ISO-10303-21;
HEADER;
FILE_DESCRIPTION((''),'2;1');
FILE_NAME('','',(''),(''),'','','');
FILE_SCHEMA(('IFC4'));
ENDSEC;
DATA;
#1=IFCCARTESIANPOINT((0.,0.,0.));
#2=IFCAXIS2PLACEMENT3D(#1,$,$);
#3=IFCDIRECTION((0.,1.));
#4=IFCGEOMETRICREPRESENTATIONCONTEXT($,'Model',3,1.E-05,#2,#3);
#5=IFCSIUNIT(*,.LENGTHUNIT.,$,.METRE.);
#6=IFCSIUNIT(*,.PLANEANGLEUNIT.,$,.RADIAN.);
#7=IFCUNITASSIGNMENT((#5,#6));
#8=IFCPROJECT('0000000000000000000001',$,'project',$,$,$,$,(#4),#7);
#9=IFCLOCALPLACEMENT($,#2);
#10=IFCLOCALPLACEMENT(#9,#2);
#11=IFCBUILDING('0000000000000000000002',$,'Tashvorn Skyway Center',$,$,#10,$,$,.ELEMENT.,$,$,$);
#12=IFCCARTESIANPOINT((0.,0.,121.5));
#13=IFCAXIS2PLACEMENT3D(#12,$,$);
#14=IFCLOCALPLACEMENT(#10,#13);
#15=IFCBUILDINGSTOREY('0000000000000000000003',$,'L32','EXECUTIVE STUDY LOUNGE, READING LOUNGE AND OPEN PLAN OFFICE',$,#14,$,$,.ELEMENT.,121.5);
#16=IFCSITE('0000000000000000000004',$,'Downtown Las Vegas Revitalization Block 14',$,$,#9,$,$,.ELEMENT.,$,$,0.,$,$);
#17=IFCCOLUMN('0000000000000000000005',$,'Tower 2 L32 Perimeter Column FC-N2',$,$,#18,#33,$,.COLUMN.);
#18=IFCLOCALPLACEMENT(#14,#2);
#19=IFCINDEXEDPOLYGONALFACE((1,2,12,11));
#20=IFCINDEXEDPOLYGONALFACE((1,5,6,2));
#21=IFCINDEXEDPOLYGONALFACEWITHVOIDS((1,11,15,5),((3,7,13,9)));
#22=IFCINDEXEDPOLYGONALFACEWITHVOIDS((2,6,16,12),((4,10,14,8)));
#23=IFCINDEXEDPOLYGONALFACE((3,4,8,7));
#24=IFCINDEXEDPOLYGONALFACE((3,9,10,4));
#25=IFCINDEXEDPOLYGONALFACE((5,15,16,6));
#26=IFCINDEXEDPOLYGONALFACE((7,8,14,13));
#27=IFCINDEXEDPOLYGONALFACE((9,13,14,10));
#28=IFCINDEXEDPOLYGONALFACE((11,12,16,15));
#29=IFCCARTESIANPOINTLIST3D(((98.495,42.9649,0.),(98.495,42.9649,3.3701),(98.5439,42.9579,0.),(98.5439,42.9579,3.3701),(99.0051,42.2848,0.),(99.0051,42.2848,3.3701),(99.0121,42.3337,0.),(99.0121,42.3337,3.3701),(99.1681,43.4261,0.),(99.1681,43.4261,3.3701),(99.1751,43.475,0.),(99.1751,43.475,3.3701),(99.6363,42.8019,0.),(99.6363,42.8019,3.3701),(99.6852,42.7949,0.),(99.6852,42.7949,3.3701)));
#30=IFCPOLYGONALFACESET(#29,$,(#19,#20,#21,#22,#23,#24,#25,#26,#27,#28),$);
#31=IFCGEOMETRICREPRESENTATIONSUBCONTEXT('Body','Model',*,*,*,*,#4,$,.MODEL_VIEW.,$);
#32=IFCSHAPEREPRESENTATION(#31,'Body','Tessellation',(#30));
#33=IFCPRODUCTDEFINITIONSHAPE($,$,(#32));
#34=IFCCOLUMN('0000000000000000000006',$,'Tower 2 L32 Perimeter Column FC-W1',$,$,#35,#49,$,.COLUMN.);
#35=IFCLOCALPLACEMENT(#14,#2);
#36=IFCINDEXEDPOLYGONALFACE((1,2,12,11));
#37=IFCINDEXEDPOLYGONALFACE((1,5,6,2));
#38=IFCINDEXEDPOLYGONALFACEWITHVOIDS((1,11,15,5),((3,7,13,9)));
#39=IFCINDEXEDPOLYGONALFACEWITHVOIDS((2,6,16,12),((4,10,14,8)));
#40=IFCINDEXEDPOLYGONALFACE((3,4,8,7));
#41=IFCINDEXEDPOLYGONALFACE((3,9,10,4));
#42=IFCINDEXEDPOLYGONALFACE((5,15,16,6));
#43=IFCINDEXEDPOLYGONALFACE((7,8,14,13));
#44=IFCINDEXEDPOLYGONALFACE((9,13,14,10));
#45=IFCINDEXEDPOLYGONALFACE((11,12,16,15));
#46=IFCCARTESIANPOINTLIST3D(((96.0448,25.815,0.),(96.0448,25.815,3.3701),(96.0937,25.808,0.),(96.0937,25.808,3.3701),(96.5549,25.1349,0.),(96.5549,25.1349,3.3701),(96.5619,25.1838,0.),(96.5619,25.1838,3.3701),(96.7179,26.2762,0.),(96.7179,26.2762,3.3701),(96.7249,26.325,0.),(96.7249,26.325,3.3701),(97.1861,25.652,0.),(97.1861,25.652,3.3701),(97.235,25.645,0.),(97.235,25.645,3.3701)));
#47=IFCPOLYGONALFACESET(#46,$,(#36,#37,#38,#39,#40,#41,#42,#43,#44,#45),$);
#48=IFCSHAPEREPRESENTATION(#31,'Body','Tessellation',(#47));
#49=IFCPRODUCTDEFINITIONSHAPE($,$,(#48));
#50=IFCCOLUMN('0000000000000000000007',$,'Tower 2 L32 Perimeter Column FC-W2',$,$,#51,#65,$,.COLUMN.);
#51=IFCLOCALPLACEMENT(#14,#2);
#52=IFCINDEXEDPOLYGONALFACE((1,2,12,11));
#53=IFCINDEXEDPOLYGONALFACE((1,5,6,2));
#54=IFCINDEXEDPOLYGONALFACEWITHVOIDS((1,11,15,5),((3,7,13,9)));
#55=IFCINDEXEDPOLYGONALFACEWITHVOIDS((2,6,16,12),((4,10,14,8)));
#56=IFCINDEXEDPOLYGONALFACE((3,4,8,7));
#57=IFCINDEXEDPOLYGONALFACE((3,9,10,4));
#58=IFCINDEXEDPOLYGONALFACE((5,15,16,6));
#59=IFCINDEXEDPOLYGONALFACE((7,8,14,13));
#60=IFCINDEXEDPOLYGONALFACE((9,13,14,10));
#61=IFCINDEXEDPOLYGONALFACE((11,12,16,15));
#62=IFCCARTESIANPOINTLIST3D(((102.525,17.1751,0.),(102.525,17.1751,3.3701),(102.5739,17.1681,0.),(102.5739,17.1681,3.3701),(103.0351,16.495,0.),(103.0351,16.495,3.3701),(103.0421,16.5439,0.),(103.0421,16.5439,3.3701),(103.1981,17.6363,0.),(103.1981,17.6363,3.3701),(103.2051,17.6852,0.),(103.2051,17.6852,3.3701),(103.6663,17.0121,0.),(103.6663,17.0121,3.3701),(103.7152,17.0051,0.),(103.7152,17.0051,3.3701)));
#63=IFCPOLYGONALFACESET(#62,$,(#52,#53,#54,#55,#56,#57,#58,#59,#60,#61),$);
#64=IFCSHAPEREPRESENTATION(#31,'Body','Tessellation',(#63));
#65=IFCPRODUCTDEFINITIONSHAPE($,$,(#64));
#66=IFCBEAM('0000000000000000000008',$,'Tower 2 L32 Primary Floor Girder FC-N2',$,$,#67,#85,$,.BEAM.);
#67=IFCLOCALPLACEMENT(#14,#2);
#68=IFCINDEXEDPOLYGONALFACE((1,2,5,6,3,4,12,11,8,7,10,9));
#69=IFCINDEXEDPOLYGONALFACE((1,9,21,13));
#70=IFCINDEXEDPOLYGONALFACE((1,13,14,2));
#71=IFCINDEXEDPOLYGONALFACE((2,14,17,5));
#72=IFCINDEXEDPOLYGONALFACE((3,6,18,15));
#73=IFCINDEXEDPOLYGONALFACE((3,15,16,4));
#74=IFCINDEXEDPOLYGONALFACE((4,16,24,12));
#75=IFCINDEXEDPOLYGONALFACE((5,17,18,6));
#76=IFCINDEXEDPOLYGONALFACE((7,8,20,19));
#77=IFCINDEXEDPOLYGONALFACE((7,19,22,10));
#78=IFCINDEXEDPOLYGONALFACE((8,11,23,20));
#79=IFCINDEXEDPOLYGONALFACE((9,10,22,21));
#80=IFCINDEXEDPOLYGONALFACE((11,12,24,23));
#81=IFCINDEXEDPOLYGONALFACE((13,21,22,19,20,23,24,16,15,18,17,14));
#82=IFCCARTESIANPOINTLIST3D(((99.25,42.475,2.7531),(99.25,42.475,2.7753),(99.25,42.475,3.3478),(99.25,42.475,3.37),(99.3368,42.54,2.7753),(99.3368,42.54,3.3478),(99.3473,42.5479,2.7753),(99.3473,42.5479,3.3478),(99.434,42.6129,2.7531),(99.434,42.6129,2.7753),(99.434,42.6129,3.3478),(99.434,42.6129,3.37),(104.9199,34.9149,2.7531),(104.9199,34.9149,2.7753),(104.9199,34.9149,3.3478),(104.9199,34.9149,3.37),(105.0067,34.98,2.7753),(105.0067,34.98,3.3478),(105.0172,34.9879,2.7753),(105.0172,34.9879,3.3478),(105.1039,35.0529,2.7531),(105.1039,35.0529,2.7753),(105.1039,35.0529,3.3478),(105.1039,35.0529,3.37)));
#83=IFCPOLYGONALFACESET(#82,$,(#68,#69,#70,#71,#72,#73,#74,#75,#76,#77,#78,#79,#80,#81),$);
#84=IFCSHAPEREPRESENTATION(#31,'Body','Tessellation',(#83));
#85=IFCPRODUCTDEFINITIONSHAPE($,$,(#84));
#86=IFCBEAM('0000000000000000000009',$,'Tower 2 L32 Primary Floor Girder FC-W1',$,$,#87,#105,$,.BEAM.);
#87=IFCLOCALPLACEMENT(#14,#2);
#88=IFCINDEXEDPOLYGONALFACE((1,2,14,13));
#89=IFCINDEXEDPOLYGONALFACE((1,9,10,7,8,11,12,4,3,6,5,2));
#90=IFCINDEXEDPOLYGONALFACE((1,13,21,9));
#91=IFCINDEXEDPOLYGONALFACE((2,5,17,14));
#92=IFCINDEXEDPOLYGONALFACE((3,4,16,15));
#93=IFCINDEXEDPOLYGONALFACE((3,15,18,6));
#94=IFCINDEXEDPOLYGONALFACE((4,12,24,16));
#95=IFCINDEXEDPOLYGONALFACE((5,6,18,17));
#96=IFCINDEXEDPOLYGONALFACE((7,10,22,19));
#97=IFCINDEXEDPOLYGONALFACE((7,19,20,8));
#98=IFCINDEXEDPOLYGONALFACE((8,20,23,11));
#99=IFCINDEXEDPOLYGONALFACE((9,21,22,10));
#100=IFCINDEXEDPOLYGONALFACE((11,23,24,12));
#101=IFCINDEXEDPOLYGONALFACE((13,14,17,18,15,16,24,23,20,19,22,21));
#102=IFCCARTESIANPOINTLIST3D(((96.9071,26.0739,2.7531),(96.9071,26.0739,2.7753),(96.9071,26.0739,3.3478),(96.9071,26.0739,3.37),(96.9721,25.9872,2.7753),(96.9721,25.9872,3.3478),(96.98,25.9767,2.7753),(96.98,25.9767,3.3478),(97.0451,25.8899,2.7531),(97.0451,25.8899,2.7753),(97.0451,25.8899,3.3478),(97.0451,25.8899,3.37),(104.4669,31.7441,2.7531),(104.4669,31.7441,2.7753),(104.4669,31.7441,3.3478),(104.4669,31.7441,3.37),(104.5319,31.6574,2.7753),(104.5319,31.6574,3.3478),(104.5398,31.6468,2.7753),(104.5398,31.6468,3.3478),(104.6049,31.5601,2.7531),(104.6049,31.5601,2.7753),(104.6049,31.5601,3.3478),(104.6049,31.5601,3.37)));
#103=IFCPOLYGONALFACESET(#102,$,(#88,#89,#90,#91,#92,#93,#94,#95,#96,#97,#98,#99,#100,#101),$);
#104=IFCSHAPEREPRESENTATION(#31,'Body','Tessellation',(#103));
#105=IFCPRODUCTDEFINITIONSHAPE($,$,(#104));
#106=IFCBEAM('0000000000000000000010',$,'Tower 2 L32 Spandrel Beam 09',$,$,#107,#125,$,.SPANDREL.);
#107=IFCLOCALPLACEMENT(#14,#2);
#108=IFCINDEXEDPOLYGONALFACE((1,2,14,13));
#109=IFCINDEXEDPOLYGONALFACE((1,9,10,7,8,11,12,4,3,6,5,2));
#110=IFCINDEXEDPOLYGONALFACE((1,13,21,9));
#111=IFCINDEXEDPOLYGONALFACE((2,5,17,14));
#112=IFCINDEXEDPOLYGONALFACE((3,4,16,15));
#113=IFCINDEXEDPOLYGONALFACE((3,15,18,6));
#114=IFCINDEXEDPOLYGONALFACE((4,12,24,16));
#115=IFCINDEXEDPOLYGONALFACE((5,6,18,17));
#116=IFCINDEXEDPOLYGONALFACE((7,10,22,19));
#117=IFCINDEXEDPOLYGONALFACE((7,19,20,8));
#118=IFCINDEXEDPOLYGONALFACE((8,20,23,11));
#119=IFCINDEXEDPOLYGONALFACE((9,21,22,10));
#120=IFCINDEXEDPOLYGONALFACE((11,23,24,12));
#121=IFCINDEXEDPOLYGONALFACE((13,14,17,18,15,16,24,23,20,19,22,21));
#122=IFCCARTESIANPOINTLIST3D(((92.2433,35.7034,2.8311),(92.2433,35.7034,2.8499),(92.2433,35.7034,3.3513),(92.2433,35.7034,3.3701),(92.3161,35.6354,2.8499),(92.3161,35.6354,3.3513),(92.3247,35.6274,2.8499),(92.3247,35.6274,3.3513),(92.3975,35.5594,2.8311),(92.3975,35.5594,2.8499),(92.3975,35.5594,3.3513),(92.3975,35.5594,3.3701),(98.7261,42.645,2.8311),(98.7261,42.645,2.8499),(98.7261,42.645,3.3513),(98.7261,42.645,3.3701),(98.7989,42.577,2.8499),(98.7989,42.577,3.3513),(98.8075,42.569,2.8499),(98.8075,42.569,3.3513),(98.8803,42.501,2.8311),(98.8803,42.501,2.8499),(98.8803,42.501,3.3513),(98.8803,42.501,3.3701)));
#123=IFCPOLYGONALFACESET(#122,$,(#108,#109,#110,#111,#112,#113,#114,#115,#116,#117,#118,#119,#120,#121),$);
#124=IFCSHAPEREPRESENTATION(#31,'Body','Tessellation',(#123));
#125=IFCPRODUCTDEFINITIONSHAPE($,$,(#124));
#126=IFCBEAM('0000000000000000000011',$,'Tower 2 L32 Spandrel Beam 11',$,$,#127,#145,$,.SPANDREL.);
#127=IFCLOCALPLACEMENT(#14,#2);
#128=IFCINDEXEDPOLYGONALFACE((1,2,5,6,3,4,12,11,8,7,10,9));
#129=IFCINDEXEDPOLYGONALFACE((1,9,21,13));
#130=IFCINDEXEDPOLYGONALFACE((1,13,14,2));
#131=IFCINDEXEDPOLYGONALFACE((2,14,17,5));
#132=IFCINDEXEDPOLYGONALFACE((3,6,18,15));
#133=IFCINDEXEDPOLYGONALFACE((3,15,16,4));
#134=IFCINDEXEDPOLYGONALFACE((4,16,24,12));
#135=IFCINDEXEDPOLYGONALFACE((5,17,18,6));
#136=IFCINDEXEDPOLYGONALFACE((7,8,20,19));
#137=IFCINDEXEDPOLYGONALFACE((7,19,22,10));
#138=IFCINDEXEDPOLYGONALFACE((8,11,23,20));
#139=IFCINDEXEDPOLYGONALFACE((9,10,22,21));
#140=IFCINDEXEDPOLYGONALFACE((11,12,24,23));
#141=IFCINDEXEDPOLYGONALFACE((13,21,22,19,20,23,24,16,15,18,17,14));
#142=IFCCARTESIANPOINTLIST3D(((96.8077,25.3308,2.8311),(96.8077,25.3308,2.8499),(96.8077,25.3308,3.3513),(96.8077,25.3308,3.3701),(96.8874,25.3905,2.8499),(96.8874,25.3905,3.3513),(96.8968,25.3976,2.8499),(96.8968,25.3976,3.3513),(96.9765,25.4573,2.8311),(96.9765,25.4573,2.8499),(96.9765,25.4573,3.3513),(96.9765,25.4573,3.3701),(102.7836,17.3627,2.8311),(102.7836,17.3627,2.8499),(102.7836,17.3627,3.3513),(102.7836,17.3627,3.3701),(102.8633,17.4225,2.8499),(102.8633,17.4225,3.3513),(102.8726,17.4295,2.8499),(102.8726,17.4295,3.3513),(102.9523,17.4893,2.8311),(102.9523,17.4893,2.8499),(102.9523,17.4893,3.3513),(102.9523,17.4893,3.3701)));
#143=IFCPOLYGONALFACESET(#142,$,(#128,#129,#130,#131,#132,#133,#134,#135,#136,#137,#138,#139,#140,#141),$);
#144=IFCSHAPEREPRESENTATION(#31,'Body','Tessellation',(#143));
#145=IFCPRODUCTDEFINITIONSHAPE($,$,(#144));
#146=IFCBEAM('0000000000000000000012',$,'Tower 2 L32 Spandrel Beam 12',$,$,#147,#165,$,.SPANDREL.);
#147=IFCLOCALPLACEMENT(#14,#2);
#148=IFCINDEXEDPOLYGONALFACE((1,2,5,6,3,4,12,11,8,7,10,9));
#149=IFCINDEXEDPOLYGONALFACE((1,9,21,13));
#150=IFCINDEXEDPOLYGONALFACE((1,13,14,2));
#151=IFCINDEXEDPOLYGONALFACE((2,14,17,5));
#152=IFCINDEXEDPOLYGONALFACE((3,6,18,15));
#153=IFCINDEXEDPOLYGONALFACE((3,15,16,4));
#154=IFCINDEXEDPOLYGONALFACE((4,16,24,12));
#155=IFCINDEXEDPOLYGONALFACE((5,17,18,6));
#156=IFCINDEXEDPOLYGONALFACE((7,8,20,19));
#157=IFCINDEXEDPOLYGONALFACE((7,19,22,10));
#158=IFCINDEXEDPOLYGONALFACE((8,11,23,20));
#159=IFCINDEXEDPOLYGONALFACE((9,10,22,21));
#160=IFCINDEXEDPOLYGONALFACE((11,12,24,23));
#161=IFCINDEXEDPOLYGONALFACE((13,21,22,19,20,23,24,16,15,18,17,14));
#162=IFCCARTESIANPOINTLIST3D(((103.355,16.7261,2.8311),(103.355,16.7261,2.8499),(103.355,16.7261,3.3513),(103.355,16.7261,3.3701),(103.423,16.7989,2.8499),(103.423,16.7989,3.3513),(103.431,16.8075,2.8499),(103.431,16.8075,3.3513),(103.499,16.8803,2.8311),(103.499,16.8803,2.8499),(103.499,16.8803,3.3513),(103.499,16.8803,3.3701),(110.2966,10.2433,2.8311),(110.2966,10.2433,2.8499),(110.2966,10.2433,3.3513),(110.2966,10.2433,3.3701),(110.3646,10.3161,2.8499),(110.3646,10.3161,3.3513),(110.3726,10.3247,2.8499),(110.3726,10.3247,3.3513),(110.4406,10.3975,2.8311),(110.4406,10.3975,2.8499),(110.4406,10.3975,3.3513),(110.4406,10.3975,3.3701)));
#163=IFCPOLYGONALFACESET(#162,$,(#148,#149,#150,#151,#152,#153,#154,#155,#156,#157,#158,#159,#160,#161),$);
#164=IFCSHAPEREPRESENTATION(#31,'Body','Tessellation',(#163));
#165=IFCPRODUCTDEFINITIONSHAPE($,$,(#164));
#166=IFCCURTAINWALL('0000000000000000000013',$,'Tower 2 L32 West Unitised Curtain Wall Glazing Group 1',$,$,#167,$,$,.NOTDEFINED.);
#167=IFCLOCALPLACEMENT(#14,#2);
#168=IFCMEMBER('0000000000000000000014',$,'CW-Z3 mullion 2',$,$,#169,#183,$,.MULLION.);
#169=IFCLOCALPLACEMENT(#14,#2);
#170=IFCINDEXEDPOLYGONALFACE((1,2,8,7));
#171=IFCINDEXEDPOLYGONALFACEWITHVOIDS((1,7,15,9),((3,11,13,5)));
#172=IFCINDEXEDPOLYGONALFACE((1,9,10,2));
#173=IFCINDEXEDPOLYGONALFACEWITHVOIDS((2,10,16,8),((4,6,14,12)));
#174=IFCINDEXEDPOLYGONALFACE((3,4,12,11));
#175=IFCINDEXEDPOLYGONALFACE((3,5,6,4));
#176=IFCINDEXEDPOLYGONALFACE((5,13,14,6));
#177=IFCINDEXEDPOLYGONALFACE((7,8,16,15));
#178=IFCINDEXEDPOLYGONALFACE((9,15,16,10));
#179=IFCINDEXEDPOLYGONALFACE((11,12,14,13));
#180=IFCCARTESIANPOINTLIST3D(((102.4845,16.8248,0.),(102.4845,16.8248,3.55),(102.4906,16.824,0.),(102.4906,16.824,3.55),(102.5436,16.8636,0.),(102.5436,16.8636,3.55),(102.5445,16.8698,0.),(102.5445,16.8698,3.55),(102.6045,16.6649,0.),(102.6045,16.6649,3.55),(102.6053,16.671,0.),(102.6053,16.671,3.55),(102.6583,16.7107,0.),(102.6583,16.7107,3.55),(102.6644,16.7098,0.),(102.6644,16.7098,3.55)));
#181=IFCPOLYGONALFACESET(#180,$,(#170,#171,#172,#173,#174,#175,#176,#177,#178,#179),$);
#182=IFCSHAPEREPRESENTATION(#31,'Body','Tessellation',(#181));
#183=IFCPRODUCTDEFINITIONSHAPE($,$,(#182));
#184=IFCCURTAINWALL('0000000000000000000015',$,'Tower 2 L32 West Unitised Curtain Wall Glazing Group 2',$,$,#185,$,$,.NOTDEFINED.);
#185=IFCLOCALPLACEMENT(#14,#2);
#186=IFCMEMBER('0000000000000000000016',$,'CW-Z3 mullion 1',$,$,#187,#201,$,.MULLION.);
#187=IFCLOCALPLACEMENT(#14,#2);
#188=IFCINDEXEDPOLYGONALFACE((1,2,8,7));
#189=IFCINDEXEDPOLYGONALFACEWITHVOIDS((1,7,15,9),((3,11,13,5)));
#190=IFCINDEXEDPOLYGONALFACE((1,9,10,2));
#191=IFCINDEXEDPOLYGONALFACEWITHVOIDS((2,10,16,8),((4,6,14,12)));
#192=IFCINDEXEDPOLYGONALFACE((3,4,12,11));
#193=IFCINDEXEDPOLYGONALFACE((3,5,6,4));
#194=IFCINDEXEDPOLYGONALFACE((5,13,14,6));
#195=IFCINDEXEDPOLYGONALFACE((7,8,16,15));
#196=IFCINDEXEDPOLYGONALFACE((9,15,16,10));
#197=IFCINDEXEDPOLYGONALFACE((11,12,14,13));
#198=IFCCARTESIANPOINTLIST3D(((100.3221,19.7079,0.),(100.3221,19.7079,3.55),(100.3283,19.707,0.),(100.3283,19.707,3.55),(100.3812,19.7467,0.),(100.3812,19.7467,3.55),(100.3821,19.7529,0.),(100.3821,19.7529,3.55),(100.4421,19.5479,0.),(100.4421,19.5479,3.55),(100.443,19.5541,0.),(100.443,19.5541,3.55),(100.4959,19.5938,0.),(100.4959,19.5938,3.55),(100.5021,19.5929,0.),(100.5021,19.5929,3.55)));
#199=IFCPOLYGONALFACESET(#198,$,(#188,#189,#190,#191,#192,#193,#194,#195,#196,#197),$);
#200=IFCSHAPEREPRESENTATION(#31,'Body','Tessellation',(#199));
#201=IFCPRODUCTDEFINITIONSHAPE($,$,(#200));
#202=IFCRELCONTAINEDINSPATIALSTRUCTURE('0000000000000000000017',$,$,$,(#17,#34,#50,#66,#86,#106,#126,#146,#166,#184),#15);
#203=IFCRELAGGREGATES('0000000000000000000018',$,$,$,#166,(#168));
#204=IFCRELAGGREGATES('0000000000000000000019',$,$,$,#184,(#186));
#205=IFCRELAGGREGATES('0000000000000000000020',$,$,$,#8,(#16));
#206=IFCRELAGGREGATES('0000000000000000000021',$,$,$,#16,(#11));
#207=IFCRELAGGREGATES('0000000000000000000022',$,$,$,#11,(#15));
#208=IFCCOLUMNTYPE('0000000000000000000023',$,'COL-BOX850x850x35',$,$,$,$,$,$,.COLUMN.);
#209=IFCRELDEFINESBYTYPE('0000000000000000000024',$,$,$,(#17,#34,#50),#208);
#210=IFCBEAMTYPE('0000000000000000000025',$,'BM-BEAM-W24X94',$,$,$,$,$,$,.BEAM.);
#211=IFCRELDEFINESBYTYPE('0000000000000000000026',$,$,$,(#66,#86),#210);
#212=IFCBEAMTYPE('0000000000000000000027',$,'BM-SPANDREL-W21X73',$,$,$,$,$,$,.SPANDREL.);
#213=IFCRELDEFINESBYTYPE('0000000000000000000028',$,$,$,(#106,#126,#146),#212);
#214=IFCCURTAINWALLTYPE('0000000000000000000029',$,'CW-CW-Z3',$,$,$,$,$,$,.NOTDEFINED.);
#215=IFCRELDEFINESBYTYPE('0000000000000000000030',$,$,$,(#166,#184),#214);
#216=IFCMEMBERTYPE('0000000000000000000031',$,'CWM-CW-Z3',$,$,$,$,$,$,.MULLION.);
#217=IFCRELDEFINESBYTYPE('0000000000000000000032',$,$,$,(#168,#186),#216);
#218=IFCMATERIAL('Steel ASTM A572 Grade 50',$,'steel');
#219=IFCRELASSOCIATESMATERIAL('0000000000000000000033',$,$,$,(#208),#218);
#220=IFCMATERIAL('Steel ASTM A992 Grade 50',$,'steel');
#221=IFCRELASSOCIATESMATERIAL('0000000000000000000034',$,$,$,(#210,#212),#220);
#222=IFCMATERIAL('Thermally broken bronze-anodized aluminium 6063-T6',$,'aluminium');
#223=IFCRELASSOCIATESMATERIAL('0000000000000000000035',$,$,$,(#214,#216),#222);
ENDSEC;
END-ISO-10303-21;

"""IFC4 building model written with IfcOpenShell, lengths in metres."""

from ifc_helpers import new_model, si_unit, direction, frame, origin, origin_2d, place, context, subcontext, project, spatial, hollow_rectangle, i_section, extrude, material, material_profile, profile_set, type_object, element, aggregate, save


model = new_model("IFC4")

# Units and contexts
model_context = context("Model", 3, precision=1e-05, world=origin(), true_north=direction((0.0, 1.0)))
body_context = subcontext(model_context, "Body", "Model", "MODEL_VIEW")
ifc_project = project(units=[si_unit("LENGTHUNIT", "METRE"), si_unit("PLANEANGLEUNIT", "RADIAN")], contexts=[model_context])

# Site, building, storey
site_placement = place(None, origin())
site = spatial("IfcSite", under=ifc_project, at=site_placement, Name="Downtown Las Vegas Revitalization Block 14", CompositionType="ELEMENT", RefElevation=0.0)
building_placement = place(site_placement, origin())
building = spatial("IfcBuilding", under=site, at=building_placement, Name="Tashvorn Skyway Center", CompositionType="ELEMENT")
storey_placement = place(building_placement, frame((0.0, 0.0, 121.5)))
storey = spatial("IfcBuildingStorey", under=building, at=storey_placement, Name="L32", Description="EXECUTIVE STUDY LOUNGE, READING LOUNGE AND OPEN PLAN OFFICE", CompositionType="ELEMENT", Elevation=121.5)

# Columns
ifc_material_1 = material(Name="Steel ASTM A572 Grade 50", Category="steel")
ifc_material_profile_1 = material_profile(ifc_material_1, hollow_rectangle(XDim=0.8501, YDim=0.8501, WallThickness=0.0349, at=origin_2d()), Name="BOX850x850x35")
ifc_profile_set_1 = profile_set([ifc_material_profile_1], Name="Steel ASTM A572 Grade 50")
column_type = type_object("IfcColumnType", Name="COL-BOX850x850x35", PredefinedType="COLUMN", material=ifc_profile_set_1)
for number, where, z_axis, x_axis, name in (
    (1, (99.0901, 42.8799, 0.0), (0.0, 0.0, 1.0), (0.8, 0.6, 0.0), "Tower 2 L32 Perimeter Column FC-N2"),
    (2, (96.6399, 25.73, 0.0), (0.0, 0.0, 1.0), (0.8, 0.6, 0.0), "Tower 2 L32 Perimeter Column FC-W1"),
    (3, (103.1201, 17.0901, 0.0), (0.0, 0.0, 1.0), (0.8, 0.6, 0.0), "Tower 2 L32 Perimeter Column FC-W2"),
):
    element("IfcColumn", number, at=place(storey_placement, frame(where, z_axis=z_axis, x_axis=x_axis)), inside=storey, type_object=column_type, Name=name, PredefinedType="COLUMN", context=body_context, shape_type="SweptSolid", body=[
        extrude(hollow_rectangle(XDim=0.8501, YDim=0.8501, WallThickness=0.0349, at=origin_2d()), origin(), (0.0, 0.0, 1.0), 3.3701),
    ])

# Beams
ifc_material_2 = material(Name="Steel ASTM A992 Grade 50", Category="steel")
ifc_material_profile_2 = material_profile(ifc_material_2, i_section(OverallWidth=0.23, OverallDepth=0.6169, WebThickness=0.0132, FlangeThickness=0.0222, at=origin_2d()), Name="W24X94")
ifc_profile_set_2 = profile_set([ifc_material_profile_2], Name="Steel ASTM A992 Grade 50")
beam_type_1 = type_object("IfcBeamType", Name="BM-BEAM-W24X94", PredefinedType="BEAM", material=ifc_profile_set_2)
for number, where, z_axis, x_axis, name in (
    (4, (99.342, 42.5439, 3.0615), (0.599992, -0.800006, 0.0), (0.800006, 0.599992, 0.0), "Tower 2 L32 Primary Floor Girder FC-N2"),
    (5, (96.9761, 25.9819, 3.0615), (0.799984, 0.600021, 0.0), (-0.600021, 0.799984, 0.0), "Tower 2 L32 Primary Floor Girder FC-W1"),
):
    element("IfcBeam", number, at=place(storey_placement, frame(where, z_axis=z_axis, x_axis=x_axis)), inside=storey, type_object=beam_type_1, Name=name, PredefinedType="BEAM", context=body_context, shape_type="SweptSolid", body=[
        extrude(i_section(OverallWidth=0.23, OverallDepth=0.6169, WebThickness=0.0132, FlangeThickness=0.0222, at=origin_2d()), origin(), (0.0, 0.0, 1.0), 9.45),
    ])
ifc_material_profile_3 = material_profile(ifc_material_2, i_section(OverallWidth=0.2109, OverallDepth=0.5391, WebThickness=0.0117, FlangeThickness=0.0188, at=origin_2d()), Name="W21X73")
ifc_profile_set_3 = profile_set([ifc_material_profile_3], Name="Steel ASTM A992 Grade 50")
beam_type_2 = type_object("IfcBeamType", Name="BM-SPANDREL-W21X73", PredefinedType="SPANDREL", material=ifc_profile_set_3)
beam_1_placement = place(storey_placement, frame((98.8032, 42.573, 3.1006), z_axis=(-0.682545, -0.730843, 0.0), x_axis=(0.730843, -0.682545, 0.0)))
element("IfcBeam", 6, at=beam_1_placement, inside=storey, type_object=beam_type_2, Name="Tower 2 L32 Spandrel Beam 09", PredefinedType="SPANDREL", context=body_context, shape_type="SweptSolid", body=[
    extrude(i_section(OverallWidth=0.2109, OverallDepth=0.5391, WebThickness=0.0117, FlangeThickness=0.0188, at=origin_2d()), origin(), (0.0, 0.0, 1.0), 9.498),
])
beam_2_placement = place(storey_placement, frame((96.8921, 25.394, 3.1006), z_axis=(0.599988, -0.800009, 0.0), x_axis=(0.800009, 0.599988, 0.0)))
element("IfcBeam", 7, at=beam_2_placement, inside=storey, type_object=beam_type_2, Name="Tower 2 L32 Spandrel Beam 11", PredefinedType="SPANDREL", context=body_context, shape_type="SweptSolid", body=[
    extrude(i_section(OverallWidth=0.2109, OverallDepth=0.5391, WebThickness=0.0117, FlangeThickness=0.0188, at=origin_2d()), origin(), (0.0, 0.0, 1.0), 9.96),
])
beam_3_placement = place(storey_placement, frame((103.427, 16.8032, 3.1006), z_axis=(0.730843, -0.682545, 0.0), x_axis=(0.682545, 0.730843, 0.0)))
element("IfcBeam", 8, at=beam_3_placement, inside=storey, type_object=beam_type_2, Name="Tower 2 L32 Spandrel Beam 12", PredefinedType="SPANDREL", context=body_context, shape_type="SweptSolid", body=[
    extrude(i_section(OverallWidth=0.2109, OverallDepth=0.5391, WebThickness=0.0117, FlangeThickness=0.0188, at=origin_2d()), origin(), (0.0, 0.0, 1.0), 9.498),
])

# Curtain wall, member
ifc_material_3 = material(Name="Thermally broken bronze-anodized aluminium 6063-T6", Category="aluminium")
curtain_wall_type = type_object("IfcCurtainWallType", Name="CW-CW-Z3", PredefinedType="NOTDEFINED", material=ifc_material_3)
curtain_wall_1_placement = place(storey_placement, origin())
curtain_wall_1 = element("IfcCurtainWall", 9, at=curtain_wall_1_placement, inside=storey, type_object=curtain_wall_type, Name="Tower 2 L32 West Unitised Curtain Wall Glazing Group 1", PredefinedType="NOTDEFINED")
ifc_material_profile_4 = material_profile(ifc_material_3, hollow_rectangle(XDim=0.075, YDim=0.2, WallThickness=0.0044, at=origin_2d()), Name="ALU-MULL-75x200")
ifc_profile_set_4 = profile_set([ifc_material_profile_4], Name="Thermally broken bronze-anodized aluminium 6063-T6")
member_type_1 = type_object("IfcMemberType", Name="CWM-CW-Z3", PredefinedType="MULLION", material=ifc_profile_set_4)
member_1_placement = place(storey_placement, frame((102.5745, 16.7673, 0.0), z_axis=(0.0, 0.0, 1.0), x_axis=(-0.799999, -0.600002, 0.0)))
member_1 = element("IfcMember", 10, at=member_1_placement, type_object=member_type_1, Name="CW-Z3 mullion 2", PredefinedType="MULLION", context=body_context, shape_type="SweptSolid", body=[
    extrude(hollow_rectangle(XDim=0.075, YDim=0.2, WallThickness=0.0044, at=origin_2d()), origin(), (0.0, 0.0, 1.0), 3.55),
])
aggregate(curtain_wall_1, [member_1])

# Curtain wall, member
curtain_wall_2_placement = place(storey_placement, origin())
curtain_wall_2 = element("IfcCurtainWall", 11, at=curtain_wall_2_placement, inside=storey, type_object=curtain_wall_type, Name="Tower 2 L32 West Unitised Curtain Wall Glazing Group 2", PredefinedType="NOTDEFINED")
member_2_placement = place(storey_placement, frame((100.4121, 19.6504, 0.0), z_axis=(0.0, 0.0, 1.0), x_axis=(-0.8, -0.6, 0.0)))
member_2 = element("IfcMember", 12, at=member_2_placement, type_object=member_type_1, Name="CW-Z3 mullion 1", PredefinedType="MULLION", context=body_context, shape_type="SweptSolid", body=[
    extrude(hollow_rectangle(XDim=0.075, YDim=0.2, WallThickness=0.0044, at=origin_2d()), origin(), (0.0, 0.0, 1.0), 3.55),
])

aggregate(curtain_wall_2, [member_2])

save(model, "model.ifc")
